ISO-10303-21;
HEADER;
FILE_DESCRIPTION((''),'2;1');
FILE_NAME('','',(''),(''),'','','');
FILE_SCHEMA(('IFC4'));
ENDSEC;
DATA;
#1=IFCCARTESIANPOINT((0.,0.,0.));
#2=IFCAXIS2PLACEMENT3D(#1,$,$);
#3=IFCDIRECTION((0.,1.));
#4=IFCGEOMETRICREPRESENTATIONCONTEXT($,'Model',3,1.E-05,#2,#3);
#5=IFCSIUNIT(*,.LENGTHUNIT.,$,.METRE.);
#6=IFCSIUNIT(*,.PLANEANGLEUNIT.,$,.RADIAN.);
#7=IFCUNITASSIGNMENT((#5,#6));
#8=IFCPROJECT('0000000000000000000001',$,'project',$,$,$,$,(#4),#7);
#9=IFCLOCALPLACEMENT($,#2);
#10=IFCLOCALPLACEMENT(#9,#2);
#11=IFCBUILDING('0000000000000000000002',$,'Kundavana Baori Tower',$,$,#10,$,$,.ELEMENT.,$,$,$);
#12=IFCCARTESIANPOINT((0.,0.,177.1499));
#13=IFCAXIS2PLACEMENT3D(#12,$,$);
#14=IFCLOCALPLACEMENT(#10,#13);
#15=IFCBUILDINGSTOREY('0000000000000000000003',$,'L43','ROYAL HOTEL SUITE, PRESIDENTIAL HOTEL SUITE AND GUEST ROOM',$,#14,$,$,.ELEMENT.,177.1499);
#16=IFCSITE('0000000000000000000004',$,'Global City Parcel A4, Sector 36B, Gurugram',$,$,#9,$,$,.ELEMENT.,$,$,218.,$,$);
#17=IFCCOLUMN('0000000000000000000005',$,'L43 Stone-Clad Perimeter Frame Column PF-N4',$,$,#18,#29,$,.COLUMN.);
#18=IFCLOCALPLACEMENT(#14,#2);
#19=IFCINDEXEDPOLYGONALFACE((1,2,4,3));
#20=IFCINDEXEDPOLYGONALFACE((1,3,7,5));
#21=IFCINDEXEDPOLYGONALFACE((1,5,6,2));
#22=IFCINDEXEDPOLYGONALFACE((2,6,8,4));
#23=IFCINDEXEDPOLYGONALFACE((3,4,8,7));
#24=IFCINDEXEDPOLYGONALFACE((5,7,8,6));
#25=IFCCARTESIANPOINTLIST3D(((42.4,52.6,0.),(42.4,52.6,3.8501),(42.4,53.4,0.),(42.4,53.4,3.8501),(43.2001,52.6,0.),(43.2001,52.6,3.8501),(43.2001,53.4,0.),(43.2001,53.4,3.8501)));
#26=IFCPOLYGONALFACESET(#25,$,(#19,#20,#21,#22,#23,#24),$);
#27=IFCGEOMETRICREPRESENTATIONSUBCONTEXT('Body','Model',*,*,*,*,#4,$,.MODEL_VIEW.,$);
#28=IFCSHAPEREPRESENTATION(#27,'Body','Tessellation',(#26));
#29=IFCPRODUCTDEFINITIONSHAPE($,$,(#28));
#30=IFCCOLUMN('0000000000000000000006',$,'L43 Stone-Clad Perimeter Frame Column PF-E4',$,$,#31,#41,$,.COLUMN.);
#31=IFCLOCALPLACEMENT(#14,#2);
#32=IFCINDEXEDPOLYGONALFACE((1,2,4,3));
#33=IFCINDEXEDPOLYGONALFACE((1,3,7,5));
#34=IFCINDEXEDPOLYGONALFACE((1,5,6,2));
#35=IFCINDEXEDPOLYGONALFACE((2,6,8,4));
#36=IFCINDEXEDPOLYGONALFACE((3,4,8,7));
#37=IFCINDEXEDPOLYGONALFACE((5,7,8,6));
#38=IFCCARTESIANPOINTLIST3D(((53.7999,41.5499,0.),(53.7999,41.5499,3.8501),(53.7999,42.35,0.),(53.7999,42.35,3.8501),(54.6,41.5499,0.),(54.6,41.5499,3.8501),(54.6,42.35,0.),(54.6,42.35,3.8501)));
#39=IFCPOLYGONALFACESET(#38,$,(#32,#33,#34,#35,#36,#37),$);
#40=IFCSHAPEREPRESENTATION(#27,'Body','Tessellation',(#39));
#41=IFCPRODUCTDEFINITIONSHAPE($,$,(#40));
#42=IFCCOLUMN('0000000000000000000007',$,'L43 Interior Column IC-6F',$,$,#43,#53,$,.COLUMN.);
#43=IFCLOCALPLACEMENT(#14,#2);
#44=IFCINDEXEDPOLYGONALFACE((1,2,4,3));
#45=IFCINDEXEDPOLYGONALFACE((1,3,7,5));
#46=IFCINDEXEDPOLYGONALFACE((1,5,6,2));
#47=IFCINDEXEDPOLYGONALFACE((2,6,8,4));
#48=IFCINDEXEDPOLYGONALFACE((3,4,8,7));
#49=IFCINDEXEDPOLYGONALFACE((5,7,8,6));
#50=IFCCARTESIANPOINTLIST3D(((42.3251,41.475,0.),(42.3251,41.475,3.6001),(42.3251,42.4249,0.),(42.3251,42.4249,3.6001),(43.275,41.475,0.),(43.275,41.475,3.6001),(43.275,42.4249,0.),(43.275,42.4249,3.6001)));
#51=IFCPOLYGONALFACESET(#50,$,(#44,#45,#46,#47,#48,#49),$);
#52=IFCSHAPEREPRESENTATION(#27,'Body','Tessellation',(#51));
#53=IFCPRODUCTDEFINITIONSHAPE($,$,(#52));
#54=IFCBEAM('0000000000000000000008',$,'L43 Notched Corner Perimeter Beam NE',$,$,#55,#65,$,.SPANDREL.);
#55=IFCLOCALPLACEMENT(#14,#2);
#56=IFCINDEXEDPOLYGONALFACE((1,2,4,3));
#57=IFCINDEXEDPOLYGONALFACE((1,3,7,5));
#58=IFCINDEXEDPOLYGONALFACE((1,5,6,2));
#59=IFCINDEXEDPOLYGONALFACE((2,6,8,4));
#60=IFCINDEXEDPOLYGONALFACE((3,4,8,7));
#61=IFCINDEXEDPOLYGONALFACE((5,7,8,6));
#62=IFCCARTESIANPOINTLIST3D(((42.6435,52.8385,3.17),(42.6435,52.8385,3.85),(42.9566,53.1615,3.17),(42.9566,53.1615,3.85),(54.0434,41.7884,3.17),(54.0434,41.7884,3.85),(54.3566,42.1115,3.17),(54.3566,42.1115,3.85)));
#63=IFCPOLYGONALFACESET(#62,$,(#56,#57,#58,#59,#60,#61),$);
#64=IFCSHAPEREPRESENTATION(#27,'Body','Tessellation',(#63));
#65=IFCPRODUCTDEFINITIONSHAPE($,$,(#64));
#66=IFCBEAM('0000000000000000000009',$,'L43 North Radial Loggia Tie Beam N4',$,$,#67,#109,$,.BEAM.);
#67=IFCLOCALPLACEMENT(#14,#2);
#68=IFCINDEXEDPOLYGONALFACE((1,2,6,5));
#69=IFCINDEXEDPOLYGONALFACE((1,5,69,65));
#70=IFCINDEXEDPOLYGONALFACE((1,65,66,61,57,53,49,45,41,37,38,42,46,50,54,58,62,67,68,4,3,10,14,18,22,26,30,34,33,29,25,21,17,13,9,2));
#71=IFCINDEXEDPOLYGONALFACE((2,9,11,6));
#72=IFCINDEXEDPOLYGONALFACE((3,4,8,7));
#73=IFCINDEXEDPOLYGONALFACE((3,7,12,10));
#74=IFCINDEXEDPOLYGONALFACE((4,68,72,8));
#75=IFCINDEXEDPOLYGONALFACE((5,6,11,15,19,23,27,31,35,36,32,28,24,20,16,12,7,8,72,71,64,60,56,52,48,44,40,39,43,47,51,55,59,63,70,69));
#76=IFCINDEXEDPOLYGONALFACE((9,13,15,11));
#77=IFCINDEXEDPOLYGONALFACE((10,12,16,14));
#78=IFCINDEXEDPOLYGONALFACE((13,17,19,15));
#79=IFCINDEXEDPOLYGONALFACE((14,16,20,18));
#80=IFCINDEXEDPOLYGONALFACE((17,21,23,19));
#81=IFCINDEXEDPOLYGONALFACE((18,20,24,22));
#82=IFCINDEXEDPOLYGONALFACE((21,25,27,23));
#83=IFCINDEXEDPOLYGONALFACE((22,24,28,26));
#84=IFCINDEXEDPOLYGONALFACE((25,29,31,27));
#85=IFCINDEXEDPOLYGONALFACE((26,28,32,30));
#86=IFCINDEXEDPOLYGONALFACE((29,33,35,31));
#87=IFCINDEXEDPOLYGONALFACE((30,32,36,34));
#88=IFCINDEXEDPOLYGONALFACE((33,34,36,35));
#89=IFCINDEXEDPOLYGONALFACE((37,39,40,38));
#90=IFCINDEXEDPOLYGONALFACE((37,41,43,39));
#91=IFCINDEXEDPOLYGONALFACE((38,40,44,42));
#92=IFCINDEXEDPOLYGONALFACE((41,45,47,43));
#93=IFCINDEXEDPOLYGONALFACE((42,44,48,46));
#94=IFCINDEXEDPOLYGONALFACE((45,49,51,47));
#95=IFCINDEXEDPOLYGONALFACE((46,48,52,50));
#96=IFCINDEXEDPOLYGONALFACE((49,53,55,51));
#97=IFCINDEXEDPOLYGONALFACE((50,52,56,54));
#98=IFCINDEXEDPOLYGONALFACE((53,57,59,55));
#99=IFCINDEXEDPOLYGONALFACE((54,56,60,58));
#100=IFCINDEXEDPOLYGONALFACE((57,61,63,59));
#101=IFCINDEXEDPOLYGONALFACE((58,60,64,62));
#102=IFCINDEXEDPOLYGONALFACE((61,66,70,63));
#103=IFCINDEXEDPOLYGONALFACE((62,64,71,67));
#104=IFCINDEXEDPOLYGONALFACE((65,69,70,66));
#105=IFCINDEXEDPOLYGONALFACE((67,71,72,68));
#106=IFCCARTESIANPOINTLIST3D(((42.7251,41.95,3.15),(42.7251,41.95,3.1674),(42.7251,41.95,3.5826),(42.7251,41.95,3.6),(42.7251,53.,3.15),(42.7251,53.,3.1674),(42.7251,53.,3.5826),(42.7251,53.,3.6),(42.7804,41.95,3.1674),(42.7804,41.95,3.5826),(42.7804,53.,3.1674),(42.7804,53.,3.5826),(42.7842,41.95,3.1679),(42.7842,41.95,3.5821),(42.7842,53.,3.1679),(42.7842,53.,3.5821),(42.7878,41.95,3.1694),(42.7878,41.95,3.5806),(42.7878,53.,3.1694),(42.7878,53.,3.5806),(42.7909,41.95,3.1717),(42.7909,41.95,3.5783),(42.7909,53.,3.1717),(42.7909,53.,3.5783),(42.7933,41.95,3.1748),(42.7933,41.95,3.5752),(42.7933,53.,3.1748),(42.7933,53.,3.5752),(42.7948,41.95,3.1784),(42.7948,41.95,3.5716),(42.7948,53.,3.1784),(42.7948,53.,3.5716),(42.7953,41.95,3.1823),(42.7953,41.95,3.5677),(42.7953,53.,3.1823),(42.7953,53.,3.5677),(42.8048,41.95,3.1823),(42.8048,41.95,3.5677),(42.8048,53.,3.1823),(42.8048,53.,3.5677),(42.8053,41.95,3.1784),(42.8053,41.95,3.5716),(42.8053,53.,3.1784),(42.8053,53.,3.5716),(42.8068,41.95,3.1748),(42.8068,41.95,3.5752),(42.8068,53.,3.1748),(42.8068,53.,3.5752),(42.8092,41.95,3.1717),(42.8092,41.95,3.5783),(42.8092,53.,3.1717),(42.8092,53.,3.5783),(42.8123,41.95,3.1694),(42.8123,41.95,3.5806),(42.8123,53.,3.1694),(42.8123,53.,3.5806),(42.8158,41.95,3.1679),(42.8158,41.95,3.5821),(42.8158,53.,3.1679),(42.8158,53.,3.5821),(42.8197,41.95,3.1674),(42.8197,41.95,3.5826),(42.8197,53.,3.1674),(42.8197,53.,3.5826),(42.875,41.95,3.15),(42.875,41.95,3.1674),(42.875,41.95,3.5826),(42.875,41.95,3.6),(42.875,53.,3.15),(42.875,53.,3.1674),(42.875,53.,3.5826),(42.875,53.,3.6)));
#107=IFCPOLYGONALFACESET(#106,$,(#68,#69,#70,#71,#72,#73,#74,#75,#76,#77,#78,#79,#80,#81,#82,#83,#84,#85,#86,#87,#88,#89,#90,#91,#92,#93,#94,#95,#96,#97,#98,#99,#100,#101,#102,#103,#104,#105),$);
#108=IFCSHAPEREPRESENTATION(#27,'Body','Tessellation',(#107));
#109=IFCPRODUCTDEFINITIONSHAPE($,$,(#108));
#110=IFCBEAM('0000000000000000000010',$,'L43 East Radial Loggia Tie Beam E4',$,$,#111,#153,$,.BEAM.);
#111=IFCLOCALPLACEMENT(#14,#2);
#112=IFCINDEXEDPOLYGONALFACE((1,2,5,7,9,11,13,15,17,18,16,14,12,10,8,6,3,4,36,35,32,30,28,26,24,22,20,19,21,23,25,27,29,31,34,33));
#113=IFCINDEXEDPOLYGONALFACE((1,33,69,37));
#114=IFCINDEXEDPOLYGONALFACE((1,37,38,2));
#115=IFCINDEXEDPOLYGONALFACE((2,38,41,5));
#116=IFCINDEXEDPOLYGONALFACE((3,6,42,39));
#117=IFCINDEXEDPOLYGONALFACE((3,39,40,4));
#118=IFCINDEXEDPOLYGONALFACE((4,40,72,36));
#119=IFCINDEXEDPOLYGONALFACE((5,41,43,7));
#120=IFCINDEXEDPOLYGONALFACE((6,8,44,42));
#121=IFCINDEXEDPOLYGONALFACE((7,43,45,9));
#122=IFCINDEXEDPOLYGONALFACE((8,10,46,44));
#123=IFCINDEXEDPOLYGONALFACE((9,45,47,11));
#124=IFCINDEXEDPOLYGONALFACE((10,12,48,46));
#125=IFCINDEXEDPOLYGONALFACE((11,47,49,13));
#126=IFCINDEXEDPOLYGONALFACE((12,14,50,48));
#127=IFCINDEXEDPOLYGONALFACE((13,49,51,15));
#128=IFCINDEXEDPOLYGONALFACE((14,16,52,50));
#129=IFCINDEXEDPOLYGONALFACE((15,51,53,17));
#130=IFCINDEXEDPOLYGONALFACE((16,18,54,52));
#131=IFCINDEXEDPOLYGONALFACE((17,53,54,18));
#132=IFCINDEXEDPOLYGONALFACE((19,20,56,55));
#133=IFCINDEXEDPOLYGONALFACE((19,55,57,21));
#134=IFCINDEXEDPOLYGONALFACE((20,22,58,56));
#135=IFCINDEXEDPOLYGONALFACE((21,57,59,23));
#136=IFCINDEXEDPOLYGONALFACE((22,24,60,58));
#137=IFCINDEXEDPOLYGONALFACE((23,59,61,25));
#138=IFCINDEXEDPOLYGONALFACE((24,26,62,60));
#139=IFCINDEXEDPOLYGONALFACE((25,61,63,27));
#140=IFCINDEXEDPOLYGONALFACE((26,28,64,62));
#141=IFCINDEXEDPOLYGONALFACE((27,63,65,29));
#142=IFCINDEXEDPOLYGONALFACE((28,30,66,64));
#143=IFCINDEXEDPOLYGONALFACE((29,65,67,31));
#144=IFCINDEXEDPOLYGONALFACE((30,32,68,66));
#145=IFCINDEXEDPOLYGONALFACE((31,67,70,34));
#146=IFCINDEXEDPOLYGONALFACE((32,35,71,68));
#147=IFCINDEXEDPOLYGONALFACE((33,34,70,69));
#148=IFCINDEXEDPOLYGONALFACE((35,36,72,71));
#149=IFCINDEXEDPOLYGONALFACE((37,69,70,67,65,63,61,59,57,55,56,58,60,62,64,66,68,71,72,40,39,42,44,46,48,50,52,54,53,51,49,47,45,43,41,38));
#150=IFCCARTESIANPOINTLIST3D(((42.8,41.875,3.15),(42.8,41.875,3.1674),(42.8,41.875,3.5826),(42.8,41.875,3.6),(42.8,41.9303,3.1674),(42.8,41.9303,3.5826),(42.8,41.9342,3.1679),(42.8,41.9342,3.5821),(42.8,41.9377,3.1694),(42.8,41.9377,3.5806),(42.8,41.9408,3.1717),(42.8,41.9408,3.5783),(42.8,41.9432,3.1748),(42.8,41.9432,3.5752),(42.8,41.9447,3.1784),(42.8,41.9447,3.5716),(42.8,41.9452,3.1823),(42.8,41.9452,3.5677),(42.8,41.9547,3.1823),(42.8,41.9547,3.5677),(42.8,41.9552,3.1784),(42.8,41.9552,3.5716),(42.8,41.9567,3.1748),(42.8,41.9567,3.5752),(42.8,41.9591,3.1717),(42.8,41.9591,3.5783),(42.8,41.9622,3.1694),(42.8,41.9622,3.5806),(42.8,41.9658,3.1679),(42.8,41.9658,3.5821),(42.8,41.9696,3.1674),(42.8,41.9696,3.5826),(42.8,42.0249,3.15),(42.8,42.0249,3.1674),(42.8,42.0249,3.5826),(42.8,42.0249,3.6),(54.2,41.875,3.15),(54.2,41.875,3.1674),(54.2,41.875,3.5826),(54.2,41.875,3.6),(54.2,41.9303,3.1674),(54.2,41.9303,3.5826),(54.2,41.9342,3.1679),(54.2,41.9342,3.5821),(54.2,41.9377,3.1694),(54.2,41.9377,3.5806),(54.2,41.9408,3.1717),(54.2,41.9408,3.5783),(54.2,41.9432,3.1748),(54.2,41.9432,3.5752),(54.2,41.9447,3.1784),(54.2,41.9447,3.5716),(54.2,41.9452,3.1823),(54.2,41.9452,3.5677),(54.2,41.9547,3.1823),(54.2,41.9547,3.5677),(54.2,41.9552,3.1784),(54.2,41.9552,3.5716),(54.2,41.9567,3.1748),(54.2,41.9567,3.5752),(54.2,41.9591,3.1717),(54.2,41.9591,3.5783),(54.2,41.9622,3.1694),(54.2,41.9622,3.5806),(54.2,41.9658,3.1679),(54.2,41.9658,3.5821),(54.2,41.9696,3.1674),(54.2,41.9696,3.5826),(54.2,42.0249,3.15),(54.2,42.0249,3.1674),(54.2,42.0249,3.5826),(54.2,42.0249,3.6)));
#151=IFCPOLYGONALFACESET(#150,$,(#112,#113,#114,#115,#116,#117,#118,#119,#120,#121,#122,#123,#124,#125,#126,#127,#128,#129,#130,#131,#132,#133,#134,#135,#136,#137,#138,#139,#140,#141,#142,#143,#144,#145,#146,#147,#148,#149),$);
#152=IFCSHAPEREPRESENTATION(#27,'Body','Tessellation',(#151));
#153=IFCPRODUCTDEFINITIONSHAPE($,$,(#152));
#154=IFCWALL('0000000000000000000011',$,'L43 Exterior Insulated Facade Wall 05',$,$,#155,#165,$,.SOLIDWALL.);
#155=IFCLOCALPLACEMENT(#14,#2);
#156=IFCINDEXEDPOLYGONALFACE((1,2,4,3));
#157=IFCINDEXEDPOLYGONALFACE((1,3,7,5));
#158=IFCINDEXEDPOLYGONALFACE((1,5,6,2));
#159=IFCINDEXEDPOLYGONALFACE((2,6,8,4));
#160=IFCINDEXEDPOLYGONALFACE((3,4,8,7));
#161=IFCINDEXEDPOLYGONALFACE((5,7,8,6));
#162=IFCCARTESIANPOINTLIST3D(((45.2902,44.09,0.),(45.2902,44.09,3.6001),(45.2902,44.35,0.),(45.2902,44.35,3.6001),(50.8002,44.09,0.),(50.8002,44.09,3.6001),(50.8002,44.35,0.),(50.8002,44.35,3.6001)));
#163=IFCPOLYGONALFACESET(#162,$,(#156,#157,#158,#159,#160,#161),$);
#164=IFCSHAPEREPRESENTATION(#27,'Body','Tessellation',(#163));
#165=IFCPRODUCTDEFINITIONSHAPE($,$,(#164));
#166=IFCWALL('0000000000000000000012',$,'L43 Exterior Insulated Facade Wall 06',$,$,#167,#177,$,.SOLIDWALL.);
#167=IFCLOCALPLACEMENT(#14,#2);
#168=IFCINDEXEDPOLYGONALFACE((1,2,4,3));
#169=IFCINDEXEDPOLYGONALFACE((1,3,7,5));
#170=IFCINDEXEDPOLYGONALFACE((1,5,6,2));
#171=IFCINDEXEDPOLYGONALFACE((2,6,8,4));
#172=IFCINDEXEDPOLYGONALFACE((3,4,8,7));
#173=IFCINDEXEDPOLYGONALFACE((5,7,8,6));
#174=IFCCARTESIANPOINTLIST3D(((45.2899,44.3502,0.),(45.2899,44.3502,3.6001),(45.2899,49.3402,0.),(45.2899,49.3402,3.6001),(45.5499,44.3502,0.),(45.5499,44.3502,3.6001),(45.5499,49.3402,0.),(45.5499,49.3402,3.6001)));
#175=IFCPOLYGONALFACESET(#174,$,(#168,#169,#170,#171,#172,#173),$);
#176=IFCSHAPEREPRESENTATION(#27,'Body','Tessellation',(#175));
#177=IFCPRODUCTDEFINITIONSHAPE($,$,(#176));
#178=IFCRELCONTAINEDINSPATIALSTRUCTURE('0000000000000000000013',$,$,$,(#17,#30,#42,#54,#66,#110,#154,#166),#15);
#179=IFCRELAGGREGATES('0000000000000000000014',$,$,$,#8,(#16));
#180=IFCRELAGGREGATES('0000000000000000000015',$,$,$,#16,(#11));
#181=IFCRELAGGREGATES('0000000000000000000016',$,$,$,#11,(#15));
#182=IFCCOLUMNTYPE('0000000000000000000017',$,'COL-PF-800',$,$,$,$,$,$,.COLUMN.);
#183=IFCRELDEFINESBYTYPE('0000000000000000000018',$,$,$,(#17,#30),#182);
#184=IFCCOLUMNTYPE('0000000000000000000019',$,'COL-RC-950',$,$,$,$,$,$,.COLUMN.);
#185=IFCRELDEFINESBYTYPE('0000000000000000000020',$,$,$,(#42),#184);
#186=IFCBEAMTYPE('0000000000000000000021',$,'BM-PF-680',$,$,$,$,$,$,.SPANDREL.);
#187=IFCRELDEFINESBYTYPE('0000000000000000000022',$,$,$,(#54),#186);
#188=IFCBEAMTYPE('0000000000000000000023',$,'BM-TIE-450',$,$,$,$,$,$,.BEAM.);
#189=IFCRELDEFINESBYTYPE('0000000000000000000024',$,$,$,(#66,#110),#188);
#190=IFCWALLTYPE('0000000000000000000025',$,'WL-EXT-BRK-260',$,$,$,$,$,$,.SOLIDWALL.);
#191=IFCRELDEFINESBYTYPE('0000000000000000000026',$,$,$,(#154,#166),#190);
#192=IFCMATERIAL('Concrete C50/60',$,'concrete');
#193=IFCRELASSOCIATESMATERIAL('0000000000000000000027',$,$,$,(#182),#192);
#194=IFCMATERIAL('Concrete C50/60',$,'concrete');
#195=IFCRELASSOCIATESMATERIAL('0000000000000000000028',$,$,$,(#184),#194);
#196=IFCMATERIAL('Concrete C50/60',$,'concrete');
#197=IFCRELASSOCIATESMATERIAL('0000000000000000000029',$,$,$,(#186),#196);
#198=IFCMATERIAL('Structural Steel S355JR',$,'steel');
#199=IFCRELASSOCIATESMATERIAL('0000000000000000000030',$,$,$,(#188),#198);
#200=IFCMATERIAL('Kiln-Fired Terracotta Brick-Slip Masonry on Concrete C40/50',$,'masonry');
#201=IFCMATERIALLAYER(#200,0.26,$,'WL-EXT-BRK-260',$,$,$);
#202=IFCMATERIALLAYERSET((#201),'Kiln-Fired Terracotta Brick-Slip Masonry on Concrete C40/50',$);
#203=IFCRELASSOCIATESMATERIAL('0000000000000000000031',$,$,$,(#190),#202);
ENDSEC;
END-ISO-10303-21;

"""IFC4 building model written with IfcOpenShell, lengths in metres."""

from ifc_helpers import new_model, si_unit, direction, frame, frame_2d, origin, origin_2d, place, context, subcontext, project, spatial, rectangle, i_section, extrude, material, layer, layer_set, material_profile, profile_set, type_object, element, save


model = new_model("IFC4")

# Units and contexts
model_context = context("Model", 3, precision=1e-05, world=origin(), true_north=direction((0.0, 1.0)))
body_context = subcontext(model_context, "Body", "Model", "MODEL_VIEW")
ifc_project = project(units=[si_unit("LENGTHUNIT", "METRE"), si_unit("PLANEANGLEUNIT", "RADIAN")], contexts=[model_context])

# Site, building, storey
site_placement = place(None, origin())
site = spatial("IfcSite", under=ifc_project, at=site_placement, Name="Global City Parcel A4, Sector 36B, Gurugram", CompositionType="ELEMENT", RefElevation=218.0)
building_placement = place(site_placement, origin())
building = spatial("IfcBuilding", under=site, at=building_placement, Name="Kundavana Baori Tower", CompositionType="ELEMENT")
storey_placement = place(building_placement, frame((0.0, 0.0, 177.1499)))
storey = spatial("IfcBuildingStorey", under=building, at=storey_placement, Name="L43", Description="ROYAL HOTEL SUITE, PRESIDENTIAL HOTEL SUITE AND GUEST ROOM", CompositionType="ELEMENT", Elevation=177.1499)

# Columns
ifc_material_1 = material(Name="Concrete C50/60", Category="concrete")
ifc_material_profile_1 = material_profile(ifc_material_1, rectangle(XDim=0.8, YDim=0.8, at=origin_2d()), Name="RC PF 800x800")
ifc_profile_set_1 = profile_set([ifc_material_profile_1], Name="Concrete C50/60")
column_type_1 = type_object("IfcColumnType", Name="COL-PF-800", PredefinedType="COLUMN", material=ifc_profile_set_1)
for number, where, z_axis, x_axis, name in (
    (1, (42.8, 53.0, 0.0), (0.0, 0.0, 1.0), (1.0, 0.0, 0.0), "L43 Stone-Clad Perimeter Frame Column PF-N4"),
    (2, (54.2, 41.95, 0.0), (0.0, 0.0, 1.0), (1.0, 0.0, 0.0), "L43 Stone-Clad Perimeter Frame Column PF-E4"),
):
    element("IfcColumn", number, at=place(storey_placement, frame(where, z_axis=z_axis, x_axis=x_axis)), inside=storey, type_object=column_type_1, Name=name, PredefinedType="COLUMN", context=body_context, shape_type="SweptSolid", body=[
        extrude(rectangle(XDim=0.8, YDim=0.8, at=origin_2d()), origin(), (0.0, 0.0, 1.0), 3.8501),
    ])
ifc_material_2 = material(Name="Concrete C50/60", Category="concrete")
ifc_material_profile_2 = material_profile(ifc_material_2, rectangle(XDim=0.95, YDim=0.95, at=origin_2d()), Name="RC 950x950")
ifc_profile_set_2 = profile_set([ifc_material_profile_2], Name="Concrete C50/60")
column_type_2 = type_object("IfcColumnType", Name="COL-RC-950", PredefinedType="COLUMN", material=ifc_profile_set_2)
column_placement = place(storey_placement, frame((42.8, 41.95, 0.0), z_axis=(0.0, 0.0, 1.0), x_axis=(1.0, 0.0, 0.0)))
element("IfcColumn", 3, at=column_placement, inside=storey, type_object=column_type_2, Name="L43 Interior Column IC-6F", PredefinedType="COLUMN", context=body_context, shape_type="SweptSolid", body=[
    extrude(rectangle(XDim=0.95, YDim=0.95, at=origin_2d()), origin(), (0.0, 0.0, 1.0), 3.6001),
])

# Beams
ifc_material_3 = material(Name="Concrete C50/60", Category="concrete")
ifc_material_profile_3 = material_profile(ifc_material_3, rectangle(XDim=0.45, YDim=0.6799, at=origin_2d()), Name="RC BM 450x680")
ifc_profile_set_3 = profile_set([ifc_material_profile_3], Name="Concrete C50/60")
beam_type_1 = type_object("IfcBeamType", Name="BM-PF-680", PredefinedType="SPANDREL", material=ifc_profile_set_3)
beam_1_placement = place(storey_placement, frame((42.8, 53.0, 3.51), z_axis=(0.718039, -0.696003, 0.0), x_axis=(0.696003, 0.718039, 0.0)))
element("IfcBeam", 4, at=beam_1_placement, inside=storey, type_object=beam_type_1, Name="L43 Notched Corner Perimeter Beam NE", PredefinedType="SPANDREL", context=body_context, shape_type="SweptSolid", body=[
    extrude(rectangle(XDim=0.45, YDim=0.6799, at=origin_2d()), origin(), (0.0, 0.0, 1.0), 15.8765),
])
ifc_material_4 = material(Name="Structural Steel S355JR", Category="steel")
ifc_material_profile_4 = material_profile(ifc_material_4, i_section(OverallWidth=0.1499, OverallDepth=0.45, WebThickness=0.0095, FlangeThickness=0.0173, FilletRadius=0.0149, at=origin_2d()), Name="ISMB 450")
ifc_profile_set_4 = profile_set([ifc_material_profile_4], Name="Structural Steel S355JR")
beam_type_2 = type_object("IfcBeamType", Name="BM-TIE-450", PredefinedType="BEAM", material=ifc_profile_set_4)
beam_2_placement = place(storey_placement, frame((42.8, 41.95, 3.375), z_axis=(0.0, 1.0, 0.0), x_axis=(-1.0, 0.0, 0.0)))
element("IfcBeam", 5, at=beam_2_placement, inside=storey, type_object=beam_type_2, Name="L43 North Radial Loggia Tie Beam N4", PredefinedType="BEAM", context=body_context, shape_type="SweptSolid", body=[
    extrude(i_section(OverallWidth=0.1499, OverallDepth=0.45, WebThickness=0.0095, FlangeThickness=0.0173, FilletRadius=0.0149, at=origin_2d()), origin(), (0.0, 0.0, 1.0), 11.05),
])
beam_3_placement = place(storey_placement, frame((42.8, 41.95, 3.375), z_axis=(1.0, 0.0, 0.0), x_axis=(0.0, 1.0, 0.0)))
element("IfcBeam", 6, at=beam_3_placement, inside=storey, type_object=beam_type_2, Name="L43 East Radial Loggia Tie Beam E4", PredefinedType="BEAM", context=body_context, shape_type="SweptSolid", body=[
    extrude(i_section(OverallWidth=0.1499, OverallDepth=0.45, WebThickness=0.0095, FlangeThickness=0.0173, FilletRadius=0.0149, at=origin_2d()), origin(), (0.0, 0.0, 1.0), 11.3999),
])

# Walls
ifc_material_5 = material(Name="Kiln-Fired Terracotta Brick-Slip Masonry on Concrete C40/50", Category="masonry")
ifc_layer_1 = layer(ifc_material_5, 0.26, Name="WL-EXT-BRK-260")
ifc_layer_set_1 = layer_set([ifc_layer_1], Name="Kiln-Fired Terracotta Brick-Slip Masonry on Concrete C40/50")
wall_type_1 = type_object("IfcWallType", Name="WL-EXT-BRK-260", PredefinedType="SOLIDWALL", material=ifc_layer_set_1)
wall_1_placement = place(storey_placement, frame((50.8, 44.22, 0.0), z_axis=(0.0, 0.0, 1.0), x_axis=(-1.0, 0.0, 0.0)))
element("IfcWall", 7, at=wall_1_placement, inside=storey, type_object=wall_type_1, Name="L43 Exterior Insulated Facade Wall 05", PredefinedType="SOLIDWALL", context=body_context, shape_type="SweptSolid", body=[
    extrude(rectangle(XDim=5.51, YDim=0.26, at=frame_2d((2.7549, 0.0))), origin(), (0.0, 0.0, 1.0), 3.6001),
])
wall_2_placement = place(storey_placement, frame((45.4199, 44.3501, 0.0), z_axis=(0.0, 0.0, 1.0), x_axis=(0.0, 1.0, 0.0)))
element("IfcWall", 8, at=wall_2_placement, inside=storey, type_object=wall_type_1, Name="L43 Exterior Insulated Facade Wall 06", PredefinedType="SOLIDWALL", context=body_context, shape_type="SweptSolid", body=[
    extrude(rectangle(XDim=4.99, YDim=0.26, at=frame_2d((2.4951, 0.0))), origin(), (0.0, 0.0, 1.0), 3.6001),
])

save(model, "model.ifc")
